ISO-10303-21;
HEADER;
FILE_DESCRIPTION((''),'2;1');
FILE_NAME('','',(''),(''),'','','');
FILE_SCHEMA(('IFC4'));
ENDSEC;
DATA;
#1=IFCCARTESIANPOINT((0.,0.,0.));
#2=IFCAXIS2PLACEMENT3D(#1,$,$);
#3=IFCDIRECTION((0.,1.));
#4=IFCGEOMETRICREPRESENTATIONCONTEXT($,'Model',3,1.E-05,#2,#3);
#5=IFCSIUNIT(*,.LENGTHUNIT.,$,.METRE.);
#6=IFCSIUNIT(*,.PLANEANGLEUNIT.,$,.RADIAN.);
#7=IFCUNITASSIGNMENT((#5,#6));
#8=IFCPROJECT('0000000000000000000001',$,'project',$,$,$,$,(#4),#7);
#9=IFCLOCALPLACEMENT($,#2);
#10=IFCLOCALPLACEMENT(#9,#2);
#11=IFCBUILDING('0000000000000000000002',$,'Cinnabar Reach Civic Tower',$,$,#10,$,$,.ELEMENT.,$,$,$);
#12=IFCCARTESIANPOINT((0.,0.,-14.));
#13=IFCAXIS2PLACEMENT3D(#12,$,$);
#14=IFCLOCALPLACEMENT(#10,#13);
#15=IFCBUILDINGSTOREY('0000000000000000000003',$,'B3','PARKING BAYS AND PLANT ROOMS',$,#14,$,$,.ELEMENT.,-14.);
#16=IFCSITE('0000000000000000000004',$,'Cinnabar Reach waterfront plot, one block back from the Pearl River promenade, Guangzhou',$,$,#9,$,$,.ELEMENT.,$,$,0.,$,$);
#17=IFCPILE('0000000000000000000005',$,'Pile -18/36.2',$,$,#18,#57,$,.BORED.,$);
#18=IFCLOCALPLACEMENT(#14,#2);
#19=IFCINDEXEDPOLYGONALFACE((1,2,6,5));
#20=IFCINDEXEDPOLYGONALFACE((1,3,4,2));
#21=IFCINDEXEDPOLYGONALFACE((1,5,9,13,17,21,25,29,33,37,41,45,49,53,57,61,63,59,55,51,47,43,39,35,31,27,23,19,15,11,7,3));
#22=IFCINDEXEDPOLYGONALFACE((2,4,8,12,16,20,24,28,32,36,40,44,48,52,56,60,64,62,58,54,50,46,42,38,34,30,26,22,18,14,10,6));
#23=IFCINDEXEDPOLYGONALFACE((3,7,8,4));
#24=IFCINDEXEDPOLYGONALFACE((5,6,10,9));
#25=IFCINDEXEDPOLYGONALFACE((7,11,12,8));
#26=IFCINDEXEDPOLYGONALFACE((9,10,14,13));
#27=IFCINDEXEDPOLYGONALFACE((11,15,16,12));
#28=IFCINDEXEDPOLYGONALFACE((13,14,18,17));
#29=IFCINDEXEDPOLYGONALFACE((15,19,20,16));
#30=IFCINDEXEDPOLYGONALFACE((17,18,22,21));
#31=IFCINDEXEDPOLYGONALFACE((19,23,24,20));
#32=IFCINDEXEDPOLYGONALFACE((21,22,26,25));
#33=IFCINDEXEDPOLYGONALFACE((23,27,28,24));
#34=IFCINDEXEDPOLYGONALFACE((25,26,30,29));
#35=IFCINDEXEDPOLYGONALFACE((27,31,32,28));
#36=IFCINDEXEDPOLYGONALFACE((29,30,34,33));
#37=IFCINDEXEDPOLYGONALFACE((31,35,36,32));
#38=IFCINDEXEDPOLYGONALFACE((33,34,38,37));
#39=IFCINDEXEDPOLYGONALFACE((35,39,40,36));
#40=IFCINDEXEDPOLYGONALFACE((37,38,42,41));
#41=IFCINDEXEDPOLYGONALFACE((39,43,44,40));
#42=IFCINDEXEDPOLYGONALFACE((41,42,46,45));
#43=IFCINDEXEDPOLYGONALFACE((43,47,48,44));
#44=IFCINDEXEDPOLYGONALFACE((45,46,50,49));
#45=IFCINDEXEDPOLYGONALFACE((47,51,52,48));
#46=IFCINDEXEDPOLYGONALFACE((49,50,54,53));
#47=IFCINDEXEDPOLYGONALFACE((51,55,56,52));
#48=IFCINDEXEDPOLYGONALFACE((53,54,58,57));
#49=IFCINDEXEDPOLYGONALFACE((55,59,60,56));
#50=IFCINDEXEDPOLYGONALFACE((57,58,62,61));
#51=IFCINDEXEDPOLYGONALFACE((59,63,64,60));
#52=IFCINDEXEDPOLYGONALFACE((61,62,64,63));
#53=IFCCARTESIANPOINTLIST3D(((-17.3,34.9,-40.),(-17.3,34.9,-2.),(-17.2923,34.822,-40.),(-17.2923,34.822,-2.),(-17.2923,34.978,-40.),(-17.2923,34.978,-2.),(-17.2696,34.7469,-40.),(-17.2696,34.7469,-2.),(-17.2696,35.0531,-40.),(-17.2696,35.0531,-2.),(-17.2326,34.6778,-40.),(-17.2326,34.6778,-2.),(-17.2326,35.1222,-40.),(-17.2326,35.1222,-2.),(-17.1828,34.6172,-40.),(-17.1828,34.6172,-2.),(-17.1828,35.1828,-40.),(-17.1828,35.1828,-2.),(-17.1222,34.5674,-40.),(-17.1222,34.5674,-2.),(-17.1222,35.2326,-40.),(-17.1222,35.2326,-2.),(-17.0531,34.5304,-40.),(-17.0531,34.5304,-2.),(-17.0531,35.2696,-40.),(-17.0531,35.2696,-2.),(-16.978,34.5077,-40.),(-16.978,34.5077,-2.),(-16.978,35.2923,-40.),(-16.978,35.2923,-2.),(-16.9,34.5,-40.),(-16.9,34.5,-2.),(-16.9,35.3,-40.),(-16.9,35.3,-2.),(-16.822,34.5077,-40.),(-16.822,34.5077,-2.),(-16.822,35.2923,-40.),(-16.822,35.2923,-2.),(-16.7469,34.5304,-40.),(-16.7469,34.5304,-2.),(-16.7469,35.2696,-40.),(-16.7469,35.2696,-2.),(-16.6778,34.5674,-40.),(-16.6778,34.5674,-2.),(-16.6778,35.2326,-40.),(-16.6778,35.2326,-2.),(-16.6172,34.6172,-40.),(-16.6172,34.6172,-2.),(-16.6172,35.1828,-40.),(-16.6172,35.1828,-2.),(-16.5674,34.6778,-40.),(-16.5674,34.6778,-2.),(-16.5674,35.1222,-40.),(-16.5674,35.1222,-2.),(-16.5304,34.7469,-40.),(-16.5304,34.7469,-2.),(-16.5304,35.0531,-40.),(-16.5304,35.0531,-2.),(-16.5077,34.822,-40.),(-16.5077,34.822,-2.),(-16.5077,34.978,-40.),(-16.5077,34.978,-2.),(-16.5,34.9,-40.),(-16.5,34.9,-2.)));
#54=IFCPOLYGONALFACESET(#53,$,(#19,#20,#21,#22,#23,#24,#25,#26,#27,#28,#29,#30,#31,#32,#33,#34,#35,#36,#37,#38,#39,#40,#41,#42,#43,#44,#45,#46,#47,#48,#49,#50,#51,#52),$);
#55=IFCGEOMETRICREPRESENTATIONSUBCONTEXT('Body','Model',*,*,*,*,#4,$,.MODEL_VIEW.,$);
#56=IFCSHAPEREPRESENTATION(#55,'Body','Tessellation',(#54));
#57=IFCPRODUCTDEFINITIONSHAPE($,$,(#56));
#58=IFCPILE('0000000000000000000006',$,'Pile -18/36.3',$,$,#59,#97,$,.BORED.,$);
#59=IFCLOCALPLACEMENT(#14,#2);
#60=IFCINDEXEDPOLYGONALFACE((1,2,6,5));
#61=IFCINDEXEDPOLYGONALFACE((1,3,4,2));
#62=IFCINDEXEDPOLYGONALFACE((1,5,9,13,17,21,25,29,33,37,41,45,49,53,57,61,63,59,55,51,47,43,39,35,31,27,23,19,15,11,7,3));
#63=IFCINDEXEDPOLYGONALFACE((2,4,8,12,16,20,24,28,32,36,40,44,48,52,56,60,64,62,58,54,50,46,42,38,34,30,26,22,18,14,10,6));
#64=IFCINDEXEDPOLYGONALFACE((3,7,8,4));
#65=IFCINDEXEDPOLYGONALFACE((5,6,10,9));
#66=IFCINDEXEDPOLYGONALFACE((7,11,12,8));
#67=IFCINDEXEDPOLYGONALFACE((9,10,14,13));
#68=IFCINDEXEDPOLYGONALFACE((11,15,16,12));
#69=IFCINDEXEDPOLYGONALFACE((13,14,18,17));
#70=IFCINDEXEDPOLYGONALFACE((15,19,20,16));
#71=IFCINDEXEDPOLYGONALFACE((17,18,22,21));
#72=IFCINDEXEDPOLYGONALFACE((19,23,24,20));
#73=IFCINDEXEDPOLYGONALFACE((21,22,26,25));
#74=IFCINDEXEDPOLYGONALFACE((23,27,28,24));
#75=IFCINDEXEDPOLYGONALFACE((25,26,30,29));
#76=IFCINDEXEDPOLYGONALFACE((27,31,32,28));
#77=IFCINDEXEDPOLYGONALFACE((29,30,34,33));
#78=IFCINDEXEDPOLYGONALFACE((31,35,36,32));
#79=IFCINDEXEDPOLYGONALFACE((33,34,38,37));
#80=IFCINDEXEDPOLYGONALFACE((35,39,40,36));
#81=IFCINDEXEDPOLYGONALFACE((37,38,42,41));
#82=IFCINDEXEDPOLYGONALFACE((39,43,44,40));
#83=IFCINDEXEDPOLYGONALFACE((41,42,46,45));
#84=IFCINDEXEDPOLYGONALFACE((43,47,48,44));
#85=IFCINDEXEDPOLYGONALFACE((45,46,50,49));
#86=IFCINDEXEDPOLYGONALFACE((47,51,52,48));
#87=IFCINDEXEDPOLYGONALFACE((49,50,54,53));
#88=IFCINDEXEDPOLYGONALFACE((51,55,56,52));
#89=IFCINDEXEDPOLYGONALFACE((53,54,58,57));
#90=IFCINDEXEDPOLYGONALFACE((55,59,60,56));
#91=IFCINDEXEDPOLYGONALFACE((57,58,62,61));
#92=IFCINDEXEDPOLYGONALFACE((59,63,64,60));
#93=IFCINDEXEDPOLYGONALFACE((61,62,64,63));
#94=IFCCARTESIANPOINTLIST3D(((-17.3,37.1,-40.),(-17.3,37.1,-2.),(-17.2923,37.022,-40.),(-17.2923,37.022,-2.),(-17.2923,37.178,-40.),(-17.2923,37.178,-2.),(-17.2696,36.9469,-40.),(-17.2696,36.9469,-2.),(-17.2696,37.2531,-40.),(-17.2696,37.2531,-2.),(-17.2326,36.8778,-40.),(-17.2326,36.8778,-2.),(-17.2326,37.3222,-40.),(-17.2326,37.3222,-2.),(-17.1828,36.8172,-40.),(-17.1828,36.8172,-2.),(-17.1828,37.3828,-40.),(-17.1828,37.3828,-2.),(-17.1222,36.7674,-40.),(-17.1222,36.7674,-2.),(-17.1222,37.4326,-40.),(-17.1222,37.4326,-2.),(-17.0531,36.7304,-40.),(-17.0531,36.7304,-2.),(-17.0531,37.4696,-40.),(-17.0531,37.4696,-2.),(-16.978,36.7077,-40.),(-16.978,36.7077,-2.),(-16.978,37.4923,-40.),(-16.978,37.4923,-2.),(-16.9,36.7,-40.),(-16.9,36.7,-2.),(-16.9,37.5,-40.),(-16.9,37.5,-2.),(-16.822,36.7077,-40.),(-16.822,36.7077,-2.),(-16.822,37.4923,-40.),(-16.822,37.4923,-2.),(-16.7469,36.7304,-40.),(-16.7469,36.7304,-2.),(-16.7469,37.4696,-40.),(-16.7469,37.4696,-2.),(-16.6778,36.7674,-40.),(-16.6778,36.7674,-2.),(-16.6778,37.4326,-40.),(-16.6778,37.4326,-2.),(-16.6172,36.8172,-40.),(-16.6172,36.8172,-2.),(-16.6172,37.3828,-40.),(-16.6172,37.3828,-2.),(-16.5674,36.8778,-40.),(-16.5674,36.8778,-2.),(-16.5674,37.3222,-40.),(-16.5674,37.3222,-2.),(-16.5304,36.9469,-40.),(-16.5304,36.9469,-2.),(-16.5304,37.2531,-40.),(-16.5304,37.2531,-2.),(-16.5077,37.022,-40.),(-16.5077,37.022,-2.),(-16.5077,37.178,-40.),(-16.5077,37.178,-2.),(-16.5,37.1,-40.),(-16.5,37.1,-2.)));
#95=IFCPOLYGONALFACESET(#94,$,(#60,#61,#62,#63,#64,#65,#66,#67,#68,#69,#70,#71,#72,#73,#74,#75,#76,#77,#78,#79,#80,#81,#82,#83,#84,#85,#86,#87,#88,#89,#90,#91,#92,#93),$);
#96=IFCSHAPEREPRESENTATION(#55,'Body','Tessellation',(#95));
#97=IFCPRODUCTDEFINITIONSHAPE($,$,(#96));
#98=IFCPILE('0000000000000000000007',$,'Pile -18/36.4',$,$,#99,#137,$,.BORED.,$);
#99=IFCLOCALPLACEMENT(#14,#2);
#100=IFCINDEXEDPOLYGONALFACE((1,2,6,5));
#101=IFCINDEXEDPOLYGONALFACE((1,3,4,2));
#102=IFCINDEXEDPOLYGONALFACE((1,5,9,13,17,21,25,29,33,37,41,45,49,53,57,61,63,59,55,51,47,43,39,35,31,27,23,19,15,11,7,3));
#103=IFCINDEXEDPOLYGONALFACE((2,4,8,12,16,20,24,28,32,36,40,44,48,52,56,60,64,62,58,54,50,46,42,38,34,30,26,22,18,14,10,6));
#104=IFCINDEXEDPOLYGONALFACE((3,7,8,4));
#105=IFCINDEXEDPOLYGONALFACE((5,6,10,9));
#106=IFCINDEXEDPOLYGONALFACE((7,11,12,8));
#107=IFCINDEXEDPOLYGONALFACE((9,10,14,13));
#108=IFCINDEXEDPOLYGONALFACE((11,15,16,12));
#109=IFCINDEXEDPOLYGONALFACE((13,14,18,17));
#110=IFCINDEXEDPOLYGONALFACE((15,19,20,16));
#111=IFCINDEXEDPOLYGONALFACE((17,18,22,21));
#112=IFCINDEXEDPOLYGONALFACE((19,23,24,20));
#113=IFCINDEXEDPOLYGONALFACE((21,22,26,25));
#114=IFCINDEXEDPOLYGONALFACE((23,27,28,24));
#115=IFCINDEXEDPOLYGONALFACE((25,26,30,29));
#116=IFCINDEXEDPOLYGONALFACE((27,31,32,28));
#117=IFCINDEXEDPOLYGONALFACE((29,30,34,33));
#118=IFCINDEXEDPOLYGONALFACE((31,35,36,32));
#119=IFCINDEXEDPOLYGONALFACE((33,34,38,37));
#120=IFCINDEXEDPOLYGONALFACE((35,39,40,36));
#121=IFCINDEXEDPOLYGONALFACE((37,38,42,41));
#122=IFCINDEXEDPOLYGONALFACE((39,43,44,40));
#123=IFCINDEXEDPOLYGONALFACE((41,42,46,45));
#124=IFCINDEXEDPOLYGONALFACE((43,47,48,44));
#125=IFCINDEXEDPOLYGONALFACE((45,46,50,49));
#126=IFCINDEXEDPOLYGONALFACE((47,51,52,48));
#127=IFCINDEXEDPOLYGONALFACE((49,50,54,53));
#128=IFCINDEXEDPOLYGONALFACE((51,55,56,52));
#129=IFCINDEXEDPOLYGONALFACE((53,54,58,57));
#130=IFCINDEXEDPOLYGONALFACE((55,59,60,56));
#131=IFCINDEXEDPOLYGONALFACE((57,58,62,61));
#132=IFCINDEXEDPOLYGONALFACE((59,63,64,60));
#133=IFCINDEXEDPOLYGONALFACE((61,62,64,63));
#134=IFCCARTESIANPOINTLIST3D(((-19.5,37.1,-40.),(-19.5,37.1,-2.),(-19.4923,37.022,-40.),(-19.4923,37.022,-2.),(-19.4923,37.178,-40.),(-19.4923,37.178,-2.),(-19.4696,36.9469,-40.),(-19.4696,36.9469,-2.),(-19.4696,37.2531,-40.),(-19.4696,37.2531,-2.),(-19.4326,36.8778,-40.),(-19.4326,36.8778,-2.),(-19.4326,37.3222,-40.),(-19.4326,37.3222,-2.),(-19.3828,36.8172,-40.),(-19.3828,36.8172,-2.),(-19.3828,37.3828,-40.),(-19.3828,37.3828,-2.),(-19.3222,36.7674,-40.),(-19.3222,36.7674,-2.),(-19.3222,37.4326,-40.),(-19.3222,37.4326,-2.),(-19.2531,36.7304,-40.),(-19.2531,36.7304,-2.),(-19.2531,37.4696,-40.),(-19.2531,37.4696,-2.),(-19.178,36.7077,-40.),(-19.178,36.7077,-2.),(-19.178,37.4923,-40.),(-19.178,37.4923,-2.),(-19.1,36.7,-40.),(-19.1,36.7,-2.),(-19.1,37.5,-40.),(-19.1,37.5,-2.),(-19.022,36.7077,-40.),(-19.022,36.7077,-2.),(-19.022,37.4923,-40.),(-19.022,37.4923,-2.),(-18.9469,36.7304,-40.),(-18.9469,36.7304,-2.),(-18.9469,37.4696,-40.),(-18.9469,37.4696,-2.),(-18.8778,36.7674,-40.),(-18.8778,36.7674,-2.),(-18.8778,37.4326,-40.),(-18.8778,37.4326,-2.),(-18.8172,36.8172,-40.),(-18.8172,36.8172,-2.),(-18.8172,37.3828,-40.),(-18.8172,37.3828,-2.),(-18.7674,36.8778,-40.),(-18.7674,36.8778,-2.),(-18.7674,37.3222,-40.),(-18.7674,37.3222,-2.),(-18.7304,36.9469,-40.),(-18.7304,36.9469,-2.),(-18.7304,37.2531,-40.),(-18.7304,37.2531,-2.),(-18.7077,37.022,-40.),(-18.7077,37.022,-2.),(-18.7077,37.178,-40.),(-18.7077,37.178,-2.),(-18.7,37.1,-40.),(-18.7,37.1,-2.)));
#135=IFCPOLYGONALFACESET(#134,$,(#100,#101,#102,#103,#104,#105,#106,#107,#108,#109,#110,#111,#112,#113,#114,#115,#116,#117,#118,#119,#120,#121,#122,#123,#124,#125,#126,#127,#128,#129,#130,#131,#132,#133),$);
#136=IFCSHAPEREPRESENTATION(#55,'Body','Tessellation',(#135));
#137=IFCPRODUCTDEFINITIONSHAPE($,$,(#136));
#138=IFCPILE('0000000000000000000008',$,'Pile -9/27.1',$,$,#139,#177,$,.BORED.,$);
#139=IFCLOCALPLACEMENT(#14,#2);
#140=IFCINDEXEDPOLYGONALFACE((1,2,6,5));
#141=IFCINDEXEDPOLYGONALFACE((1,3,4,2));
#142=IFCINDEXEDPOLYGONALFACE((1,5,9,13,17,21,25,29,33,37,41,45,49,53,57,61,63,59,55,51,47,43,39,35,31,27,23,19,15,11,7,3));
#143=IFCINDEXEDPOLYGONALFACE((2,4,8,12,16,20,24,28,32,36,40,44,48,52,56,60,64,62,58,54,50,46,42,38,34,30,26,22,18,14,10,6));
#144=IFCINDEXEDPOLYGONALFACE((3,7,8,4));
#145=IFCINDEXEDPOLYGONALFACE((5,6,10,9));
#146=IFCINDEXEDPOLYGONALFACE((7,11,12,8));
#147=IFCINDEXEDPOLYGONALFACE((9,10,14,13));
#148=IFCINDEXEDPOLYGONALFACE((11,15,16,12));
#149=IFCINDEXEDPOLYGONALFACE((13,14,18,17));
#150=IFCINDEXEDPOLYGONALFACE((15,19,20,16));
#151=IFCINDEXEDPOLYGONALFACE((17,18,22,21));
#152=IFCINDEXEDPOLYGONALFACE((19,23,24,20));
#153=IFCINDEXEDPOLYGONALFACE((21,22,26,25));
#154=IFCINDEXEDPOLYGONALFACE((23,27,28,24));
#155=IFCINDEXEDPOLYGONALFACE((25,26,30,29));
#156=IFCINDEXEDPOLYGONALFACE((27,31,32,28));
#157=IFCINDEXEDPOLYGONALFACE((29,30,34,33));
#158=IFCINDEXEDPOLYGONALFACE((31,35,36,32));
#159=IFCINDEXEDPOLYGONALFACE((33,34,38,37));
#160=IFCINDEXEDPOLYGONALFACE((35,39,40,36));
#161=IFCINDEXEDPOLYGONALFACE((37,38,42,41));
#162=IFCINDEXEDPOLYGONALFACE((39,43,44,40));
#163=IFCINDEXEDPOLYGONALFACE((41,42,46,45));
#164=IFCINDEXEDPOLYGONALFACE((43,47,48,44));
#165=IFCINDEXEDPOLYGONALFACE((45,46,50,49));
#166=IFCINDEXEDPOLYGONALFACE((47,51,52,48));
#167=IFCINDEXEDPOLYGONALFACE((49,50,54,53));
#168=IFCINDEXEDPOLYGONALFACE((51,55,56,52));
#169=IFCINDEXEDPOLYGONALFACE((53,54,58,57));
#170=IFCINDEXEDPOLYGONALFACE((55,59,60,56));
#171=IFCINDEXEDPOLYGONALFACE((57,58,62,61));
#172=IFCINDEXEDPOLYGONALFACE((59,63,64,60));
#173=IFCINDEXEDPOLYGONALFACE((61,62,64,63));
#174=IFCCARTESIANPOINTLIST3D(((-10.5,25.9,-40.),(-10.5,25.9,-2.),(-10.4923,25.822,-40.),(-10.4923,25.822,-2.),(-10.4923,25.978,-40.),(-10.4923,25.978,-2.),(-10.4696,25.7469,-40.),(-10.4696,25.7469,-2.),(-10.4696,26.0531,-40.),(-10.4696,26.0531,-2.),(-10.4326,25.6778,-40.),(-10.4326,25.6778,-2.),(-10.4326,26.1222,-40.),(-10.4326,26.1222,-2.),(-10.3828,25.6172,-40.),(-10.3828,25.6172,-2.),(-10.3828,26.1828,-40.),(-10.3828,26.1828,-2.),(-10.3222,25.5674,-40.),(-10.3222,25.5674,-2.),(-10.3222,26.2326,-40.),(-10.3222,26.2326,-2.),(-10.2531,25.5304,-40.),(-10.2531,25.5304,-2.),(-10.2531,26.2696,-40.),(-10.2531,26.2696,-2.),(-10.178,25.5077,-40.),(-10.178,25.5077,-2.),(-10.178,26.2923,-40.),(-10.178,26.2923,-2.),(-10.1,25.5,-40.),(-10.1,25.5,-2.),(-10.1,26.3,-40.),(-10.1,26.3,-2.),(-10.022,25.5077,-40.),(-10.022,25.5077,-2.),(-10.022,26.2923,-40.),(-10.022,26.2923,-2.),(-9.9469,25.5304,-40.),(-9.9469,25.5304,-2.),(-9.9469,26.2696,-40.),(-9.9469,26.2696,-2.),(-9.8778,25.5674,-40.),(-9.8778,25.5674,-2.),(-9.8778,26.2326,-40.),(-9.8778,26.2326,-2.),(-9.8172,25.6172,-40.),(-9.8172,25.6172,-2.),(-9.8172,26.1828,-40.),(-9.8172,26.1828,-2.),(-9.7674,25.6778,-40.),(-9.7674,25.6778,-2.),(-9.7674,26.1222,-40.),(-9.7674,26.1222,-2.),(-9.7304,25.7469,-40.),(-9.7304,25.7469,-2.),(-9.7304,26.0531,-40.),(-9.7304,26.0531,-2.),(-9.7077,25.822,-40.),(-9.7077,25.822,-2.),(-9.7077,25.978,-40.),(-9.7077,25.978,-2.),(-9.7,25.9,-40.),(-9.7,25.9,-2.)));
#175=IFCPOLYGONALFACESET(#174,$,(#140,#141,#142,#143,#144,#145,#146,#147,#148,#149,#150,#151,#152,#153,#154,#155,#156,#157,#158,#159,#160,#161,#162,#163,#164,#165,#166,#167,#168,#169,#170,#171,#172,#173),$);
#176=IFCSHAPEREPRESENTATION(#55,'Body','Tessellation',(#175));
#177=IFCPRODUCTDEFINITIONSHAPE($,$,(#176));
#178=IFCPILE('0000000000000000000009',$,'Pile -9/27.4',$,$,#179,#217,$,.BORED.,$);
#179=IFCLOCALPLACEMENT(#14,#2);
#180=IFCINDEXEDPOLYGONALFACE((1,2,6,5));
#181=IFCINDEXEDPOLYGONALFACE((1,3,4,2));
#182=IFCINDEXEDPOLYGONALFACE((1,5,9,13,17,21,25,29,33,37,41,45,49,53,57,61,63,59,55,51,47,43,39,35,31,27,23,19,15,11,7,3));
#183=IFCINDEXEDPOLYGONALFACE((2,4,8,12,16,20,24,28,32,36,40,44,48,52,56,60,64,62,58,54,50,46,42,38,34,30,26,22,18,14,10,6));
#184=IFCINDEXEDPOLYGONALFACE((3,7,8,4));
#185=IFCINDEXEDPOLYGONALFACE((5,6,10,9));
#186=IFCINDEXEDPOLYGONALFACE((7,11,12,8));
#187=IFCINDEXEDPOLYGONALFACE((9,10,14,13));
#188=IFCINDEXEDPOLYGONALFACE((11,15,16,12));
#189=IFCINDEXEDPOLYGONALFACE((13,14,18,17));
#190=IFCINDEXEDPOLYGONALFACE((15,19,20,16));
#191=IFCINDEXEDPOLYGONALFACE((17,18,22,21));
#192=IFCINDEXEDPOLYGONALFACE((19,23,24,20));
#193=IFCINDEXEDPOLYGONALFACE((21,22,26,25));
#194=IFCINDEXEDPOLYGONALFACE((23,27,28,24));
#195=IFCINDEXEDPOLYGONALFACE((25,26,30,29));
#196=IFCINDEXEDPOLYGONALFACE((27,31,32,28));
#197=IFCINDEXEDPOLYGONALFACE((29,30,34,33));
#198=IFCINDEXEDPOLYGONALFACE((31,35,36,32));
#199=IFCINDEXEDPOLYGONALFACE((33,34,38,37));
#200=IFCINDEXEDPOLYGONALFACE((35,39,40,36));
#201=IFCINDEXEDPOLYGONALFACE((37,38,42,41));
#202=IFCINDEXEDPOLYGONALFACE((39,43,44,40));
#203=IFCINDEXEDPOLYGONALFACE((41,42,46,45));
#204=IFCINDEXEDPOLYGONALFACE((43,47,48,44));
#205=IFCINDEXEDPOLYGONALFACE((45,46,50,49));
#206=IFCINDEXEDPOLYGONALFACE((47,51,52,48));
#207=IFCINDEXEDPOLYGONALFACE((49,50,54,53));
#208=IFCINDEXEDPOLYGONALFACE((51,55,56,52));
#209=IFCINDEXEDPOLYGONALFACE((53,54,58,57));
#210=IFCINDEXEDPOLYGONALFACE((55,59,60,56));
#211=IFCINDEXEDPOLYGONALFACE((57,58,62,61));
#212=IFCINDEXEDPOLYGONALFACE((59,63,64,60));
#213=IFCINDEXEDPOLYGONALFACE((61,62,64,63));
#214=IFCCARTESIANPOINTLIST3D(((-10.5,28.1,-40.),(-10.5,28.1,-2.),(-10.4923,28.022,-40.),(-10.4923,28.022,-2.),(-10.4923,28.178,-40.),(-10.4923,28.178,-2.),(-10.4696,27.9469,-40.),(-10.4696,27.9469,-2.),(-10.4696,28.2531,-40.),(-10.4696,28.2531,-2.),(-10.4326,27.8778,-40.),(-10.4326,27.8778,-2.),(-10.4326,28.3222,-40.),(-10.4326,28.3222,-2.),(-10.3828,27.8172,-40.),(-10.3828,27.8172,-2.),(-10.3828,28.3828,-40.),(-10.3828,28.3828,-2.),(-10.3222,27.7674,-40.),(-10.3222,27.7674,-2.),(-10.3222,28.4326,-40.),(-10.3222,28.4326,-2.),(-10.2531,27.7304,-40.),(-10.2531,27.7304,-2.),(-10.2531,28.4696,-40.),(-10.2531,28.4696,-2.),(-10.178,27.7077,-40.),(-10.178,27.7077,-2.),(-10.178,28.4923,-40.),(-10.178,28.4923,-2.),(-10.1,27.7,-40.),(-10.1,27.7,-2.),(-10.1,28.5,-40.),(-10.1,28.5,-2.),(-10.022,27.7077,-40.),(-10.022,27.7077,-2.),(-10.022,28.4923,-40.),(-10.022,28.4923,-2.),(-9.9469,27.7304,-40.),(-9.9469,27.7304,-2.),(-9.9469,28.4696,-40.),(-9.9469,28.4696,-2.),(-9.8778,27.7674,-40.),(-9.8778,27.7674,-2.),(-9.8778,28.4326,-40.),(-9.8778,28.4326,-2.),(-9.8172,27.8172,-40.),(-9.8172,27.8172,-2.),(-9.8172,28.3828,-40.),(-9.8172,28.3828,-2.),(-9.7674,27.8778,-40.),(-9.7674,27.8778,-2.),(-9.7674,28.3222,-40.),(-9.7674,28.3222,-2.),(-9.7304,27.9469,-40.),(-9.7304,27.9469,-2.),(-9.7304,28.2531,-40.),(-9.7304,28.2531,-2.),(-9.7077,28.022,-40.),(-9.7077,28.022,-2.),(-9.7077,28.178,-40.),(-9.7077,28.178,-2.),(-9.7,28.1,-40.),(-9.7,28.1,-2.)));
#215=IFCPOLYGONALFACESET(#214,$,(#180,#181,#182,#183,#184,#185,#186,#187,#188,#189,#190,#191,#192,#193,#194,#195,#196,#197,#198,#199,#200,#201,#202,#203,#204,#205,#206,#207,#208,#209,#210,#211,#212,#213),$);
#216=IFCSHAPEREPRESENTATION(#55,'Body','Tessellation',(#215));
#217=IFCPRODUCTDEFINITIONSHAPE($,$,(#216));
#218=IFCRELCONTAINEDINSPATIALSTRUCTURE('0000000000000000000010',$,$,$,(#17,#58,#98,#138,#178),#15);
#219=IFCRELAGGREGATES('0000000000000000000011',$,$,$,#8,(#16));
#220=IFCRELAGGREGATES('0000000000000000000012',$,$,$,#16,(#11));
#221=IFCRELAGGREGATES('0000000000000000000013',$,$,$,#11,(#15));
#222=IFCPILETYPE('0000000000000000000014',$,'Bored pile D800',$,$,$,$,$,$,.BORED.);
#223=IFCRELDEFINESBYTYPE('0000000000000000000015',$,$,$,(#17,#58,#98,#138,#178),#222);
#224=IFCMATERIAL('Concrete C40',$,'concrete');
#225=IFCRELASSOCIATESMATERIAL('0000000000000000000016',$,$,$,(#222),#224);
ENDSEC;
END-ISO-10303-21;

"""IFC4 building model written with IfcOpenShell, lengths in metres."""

from ifc_helpers import new_model, si_unit, direction, frame, origin, origin_2d, place, context, subcontext, project, spatial, circle, extrude, material, type_object, element, save


model = new_model("IFC4")

# Units and contexts
model_context = context("Model", 3, precision=1e-05, world=origin(), true_north=direction((0.0, 1.0)))
body_context = subcontext(model_context, "Body", "Model", "MODEL_VIEW")
ifc_project = project(units=[si_unit("LENGTHUNIT", "METRE"), si_unit("PLANEANGLEUNIT", "RADIAN")], contexts=[model_context])

# Site, building, storey
site_placement = place(None, origin())
site = spatial("IfcSite", under=ifc_project, at=site_placement, Name="Cinnabar Reach waterfront plot, one block back from the Pearl River promenade, Guangzhou", CompositionType="ELEMENT", RefElevation=0.0)
building_placement = place(site_placement, origin())
building = spatial("IfcBuilding", under=site, at=building_placement, Name="Cinnabar Reach Civic Tower", CompositionType="ELEMENT")
storey_placement = place(building_placement, frame((0.0, 0.0, -14.0)))
storey = spatial("IfcBuildingStorey", under=building, at=storey_placement, Name="B3", Description="PARKING BAYS AND PLANT ROOMS", CompositionType="ELEMENT", Elevation=-14.0)

# Piles
ifc_material_1 = material(Name="Concrete C40", Category="concrete")
pile_type = type_object("IfcPileType", Name="Bored pile D800", PredefinedType="BORED", material=ifc_material_1)
for number, where, z_axis, x_axis, name in (
    (1, (-16.9, 34.9, -2.0), (0.0, 0.0, -1.0), (1.0, 0.0, 0.0), "Pile -18/36.2"),
    (2, (-16.9, 37.1, -2.0), (0.0, 0.0, -1.0), (1.0, 0.0, 0.0), "Pile -18/36.3"),
    (3, (-19.1, 37.1, -2.0), (0.0, 0.0, -1.0), (1.0, 0.0, 0.0), "Pile -18/36.4"),
    (4, (-10.1, 25.9, -2.0), (0.0, 0.0, -1.0), (1.0, 0.0, 0.0), "Pile -9/27.1"),
    (5, (-10.1, 28.1, -2.0), (0.0, 0.0, -1.0), (1.0, 0.0, 0.0), "Pile -9/27.4"),
):
    element("IfcPile", number, at=place(storey_placement, frame(where, z_axis=z_axis, x_axis=x_axis)), inside=storey, type_object=pile_type, Name=name, PredefinedType="BORED", context=body_context, shape_type="SweptSolid", body=[
        extrude(circle(Radius=0.4, at=origin_2d()), origin(), (0.0, 0.0, 1.0), 38.0),
    ])

save(model, "model.ifc")
